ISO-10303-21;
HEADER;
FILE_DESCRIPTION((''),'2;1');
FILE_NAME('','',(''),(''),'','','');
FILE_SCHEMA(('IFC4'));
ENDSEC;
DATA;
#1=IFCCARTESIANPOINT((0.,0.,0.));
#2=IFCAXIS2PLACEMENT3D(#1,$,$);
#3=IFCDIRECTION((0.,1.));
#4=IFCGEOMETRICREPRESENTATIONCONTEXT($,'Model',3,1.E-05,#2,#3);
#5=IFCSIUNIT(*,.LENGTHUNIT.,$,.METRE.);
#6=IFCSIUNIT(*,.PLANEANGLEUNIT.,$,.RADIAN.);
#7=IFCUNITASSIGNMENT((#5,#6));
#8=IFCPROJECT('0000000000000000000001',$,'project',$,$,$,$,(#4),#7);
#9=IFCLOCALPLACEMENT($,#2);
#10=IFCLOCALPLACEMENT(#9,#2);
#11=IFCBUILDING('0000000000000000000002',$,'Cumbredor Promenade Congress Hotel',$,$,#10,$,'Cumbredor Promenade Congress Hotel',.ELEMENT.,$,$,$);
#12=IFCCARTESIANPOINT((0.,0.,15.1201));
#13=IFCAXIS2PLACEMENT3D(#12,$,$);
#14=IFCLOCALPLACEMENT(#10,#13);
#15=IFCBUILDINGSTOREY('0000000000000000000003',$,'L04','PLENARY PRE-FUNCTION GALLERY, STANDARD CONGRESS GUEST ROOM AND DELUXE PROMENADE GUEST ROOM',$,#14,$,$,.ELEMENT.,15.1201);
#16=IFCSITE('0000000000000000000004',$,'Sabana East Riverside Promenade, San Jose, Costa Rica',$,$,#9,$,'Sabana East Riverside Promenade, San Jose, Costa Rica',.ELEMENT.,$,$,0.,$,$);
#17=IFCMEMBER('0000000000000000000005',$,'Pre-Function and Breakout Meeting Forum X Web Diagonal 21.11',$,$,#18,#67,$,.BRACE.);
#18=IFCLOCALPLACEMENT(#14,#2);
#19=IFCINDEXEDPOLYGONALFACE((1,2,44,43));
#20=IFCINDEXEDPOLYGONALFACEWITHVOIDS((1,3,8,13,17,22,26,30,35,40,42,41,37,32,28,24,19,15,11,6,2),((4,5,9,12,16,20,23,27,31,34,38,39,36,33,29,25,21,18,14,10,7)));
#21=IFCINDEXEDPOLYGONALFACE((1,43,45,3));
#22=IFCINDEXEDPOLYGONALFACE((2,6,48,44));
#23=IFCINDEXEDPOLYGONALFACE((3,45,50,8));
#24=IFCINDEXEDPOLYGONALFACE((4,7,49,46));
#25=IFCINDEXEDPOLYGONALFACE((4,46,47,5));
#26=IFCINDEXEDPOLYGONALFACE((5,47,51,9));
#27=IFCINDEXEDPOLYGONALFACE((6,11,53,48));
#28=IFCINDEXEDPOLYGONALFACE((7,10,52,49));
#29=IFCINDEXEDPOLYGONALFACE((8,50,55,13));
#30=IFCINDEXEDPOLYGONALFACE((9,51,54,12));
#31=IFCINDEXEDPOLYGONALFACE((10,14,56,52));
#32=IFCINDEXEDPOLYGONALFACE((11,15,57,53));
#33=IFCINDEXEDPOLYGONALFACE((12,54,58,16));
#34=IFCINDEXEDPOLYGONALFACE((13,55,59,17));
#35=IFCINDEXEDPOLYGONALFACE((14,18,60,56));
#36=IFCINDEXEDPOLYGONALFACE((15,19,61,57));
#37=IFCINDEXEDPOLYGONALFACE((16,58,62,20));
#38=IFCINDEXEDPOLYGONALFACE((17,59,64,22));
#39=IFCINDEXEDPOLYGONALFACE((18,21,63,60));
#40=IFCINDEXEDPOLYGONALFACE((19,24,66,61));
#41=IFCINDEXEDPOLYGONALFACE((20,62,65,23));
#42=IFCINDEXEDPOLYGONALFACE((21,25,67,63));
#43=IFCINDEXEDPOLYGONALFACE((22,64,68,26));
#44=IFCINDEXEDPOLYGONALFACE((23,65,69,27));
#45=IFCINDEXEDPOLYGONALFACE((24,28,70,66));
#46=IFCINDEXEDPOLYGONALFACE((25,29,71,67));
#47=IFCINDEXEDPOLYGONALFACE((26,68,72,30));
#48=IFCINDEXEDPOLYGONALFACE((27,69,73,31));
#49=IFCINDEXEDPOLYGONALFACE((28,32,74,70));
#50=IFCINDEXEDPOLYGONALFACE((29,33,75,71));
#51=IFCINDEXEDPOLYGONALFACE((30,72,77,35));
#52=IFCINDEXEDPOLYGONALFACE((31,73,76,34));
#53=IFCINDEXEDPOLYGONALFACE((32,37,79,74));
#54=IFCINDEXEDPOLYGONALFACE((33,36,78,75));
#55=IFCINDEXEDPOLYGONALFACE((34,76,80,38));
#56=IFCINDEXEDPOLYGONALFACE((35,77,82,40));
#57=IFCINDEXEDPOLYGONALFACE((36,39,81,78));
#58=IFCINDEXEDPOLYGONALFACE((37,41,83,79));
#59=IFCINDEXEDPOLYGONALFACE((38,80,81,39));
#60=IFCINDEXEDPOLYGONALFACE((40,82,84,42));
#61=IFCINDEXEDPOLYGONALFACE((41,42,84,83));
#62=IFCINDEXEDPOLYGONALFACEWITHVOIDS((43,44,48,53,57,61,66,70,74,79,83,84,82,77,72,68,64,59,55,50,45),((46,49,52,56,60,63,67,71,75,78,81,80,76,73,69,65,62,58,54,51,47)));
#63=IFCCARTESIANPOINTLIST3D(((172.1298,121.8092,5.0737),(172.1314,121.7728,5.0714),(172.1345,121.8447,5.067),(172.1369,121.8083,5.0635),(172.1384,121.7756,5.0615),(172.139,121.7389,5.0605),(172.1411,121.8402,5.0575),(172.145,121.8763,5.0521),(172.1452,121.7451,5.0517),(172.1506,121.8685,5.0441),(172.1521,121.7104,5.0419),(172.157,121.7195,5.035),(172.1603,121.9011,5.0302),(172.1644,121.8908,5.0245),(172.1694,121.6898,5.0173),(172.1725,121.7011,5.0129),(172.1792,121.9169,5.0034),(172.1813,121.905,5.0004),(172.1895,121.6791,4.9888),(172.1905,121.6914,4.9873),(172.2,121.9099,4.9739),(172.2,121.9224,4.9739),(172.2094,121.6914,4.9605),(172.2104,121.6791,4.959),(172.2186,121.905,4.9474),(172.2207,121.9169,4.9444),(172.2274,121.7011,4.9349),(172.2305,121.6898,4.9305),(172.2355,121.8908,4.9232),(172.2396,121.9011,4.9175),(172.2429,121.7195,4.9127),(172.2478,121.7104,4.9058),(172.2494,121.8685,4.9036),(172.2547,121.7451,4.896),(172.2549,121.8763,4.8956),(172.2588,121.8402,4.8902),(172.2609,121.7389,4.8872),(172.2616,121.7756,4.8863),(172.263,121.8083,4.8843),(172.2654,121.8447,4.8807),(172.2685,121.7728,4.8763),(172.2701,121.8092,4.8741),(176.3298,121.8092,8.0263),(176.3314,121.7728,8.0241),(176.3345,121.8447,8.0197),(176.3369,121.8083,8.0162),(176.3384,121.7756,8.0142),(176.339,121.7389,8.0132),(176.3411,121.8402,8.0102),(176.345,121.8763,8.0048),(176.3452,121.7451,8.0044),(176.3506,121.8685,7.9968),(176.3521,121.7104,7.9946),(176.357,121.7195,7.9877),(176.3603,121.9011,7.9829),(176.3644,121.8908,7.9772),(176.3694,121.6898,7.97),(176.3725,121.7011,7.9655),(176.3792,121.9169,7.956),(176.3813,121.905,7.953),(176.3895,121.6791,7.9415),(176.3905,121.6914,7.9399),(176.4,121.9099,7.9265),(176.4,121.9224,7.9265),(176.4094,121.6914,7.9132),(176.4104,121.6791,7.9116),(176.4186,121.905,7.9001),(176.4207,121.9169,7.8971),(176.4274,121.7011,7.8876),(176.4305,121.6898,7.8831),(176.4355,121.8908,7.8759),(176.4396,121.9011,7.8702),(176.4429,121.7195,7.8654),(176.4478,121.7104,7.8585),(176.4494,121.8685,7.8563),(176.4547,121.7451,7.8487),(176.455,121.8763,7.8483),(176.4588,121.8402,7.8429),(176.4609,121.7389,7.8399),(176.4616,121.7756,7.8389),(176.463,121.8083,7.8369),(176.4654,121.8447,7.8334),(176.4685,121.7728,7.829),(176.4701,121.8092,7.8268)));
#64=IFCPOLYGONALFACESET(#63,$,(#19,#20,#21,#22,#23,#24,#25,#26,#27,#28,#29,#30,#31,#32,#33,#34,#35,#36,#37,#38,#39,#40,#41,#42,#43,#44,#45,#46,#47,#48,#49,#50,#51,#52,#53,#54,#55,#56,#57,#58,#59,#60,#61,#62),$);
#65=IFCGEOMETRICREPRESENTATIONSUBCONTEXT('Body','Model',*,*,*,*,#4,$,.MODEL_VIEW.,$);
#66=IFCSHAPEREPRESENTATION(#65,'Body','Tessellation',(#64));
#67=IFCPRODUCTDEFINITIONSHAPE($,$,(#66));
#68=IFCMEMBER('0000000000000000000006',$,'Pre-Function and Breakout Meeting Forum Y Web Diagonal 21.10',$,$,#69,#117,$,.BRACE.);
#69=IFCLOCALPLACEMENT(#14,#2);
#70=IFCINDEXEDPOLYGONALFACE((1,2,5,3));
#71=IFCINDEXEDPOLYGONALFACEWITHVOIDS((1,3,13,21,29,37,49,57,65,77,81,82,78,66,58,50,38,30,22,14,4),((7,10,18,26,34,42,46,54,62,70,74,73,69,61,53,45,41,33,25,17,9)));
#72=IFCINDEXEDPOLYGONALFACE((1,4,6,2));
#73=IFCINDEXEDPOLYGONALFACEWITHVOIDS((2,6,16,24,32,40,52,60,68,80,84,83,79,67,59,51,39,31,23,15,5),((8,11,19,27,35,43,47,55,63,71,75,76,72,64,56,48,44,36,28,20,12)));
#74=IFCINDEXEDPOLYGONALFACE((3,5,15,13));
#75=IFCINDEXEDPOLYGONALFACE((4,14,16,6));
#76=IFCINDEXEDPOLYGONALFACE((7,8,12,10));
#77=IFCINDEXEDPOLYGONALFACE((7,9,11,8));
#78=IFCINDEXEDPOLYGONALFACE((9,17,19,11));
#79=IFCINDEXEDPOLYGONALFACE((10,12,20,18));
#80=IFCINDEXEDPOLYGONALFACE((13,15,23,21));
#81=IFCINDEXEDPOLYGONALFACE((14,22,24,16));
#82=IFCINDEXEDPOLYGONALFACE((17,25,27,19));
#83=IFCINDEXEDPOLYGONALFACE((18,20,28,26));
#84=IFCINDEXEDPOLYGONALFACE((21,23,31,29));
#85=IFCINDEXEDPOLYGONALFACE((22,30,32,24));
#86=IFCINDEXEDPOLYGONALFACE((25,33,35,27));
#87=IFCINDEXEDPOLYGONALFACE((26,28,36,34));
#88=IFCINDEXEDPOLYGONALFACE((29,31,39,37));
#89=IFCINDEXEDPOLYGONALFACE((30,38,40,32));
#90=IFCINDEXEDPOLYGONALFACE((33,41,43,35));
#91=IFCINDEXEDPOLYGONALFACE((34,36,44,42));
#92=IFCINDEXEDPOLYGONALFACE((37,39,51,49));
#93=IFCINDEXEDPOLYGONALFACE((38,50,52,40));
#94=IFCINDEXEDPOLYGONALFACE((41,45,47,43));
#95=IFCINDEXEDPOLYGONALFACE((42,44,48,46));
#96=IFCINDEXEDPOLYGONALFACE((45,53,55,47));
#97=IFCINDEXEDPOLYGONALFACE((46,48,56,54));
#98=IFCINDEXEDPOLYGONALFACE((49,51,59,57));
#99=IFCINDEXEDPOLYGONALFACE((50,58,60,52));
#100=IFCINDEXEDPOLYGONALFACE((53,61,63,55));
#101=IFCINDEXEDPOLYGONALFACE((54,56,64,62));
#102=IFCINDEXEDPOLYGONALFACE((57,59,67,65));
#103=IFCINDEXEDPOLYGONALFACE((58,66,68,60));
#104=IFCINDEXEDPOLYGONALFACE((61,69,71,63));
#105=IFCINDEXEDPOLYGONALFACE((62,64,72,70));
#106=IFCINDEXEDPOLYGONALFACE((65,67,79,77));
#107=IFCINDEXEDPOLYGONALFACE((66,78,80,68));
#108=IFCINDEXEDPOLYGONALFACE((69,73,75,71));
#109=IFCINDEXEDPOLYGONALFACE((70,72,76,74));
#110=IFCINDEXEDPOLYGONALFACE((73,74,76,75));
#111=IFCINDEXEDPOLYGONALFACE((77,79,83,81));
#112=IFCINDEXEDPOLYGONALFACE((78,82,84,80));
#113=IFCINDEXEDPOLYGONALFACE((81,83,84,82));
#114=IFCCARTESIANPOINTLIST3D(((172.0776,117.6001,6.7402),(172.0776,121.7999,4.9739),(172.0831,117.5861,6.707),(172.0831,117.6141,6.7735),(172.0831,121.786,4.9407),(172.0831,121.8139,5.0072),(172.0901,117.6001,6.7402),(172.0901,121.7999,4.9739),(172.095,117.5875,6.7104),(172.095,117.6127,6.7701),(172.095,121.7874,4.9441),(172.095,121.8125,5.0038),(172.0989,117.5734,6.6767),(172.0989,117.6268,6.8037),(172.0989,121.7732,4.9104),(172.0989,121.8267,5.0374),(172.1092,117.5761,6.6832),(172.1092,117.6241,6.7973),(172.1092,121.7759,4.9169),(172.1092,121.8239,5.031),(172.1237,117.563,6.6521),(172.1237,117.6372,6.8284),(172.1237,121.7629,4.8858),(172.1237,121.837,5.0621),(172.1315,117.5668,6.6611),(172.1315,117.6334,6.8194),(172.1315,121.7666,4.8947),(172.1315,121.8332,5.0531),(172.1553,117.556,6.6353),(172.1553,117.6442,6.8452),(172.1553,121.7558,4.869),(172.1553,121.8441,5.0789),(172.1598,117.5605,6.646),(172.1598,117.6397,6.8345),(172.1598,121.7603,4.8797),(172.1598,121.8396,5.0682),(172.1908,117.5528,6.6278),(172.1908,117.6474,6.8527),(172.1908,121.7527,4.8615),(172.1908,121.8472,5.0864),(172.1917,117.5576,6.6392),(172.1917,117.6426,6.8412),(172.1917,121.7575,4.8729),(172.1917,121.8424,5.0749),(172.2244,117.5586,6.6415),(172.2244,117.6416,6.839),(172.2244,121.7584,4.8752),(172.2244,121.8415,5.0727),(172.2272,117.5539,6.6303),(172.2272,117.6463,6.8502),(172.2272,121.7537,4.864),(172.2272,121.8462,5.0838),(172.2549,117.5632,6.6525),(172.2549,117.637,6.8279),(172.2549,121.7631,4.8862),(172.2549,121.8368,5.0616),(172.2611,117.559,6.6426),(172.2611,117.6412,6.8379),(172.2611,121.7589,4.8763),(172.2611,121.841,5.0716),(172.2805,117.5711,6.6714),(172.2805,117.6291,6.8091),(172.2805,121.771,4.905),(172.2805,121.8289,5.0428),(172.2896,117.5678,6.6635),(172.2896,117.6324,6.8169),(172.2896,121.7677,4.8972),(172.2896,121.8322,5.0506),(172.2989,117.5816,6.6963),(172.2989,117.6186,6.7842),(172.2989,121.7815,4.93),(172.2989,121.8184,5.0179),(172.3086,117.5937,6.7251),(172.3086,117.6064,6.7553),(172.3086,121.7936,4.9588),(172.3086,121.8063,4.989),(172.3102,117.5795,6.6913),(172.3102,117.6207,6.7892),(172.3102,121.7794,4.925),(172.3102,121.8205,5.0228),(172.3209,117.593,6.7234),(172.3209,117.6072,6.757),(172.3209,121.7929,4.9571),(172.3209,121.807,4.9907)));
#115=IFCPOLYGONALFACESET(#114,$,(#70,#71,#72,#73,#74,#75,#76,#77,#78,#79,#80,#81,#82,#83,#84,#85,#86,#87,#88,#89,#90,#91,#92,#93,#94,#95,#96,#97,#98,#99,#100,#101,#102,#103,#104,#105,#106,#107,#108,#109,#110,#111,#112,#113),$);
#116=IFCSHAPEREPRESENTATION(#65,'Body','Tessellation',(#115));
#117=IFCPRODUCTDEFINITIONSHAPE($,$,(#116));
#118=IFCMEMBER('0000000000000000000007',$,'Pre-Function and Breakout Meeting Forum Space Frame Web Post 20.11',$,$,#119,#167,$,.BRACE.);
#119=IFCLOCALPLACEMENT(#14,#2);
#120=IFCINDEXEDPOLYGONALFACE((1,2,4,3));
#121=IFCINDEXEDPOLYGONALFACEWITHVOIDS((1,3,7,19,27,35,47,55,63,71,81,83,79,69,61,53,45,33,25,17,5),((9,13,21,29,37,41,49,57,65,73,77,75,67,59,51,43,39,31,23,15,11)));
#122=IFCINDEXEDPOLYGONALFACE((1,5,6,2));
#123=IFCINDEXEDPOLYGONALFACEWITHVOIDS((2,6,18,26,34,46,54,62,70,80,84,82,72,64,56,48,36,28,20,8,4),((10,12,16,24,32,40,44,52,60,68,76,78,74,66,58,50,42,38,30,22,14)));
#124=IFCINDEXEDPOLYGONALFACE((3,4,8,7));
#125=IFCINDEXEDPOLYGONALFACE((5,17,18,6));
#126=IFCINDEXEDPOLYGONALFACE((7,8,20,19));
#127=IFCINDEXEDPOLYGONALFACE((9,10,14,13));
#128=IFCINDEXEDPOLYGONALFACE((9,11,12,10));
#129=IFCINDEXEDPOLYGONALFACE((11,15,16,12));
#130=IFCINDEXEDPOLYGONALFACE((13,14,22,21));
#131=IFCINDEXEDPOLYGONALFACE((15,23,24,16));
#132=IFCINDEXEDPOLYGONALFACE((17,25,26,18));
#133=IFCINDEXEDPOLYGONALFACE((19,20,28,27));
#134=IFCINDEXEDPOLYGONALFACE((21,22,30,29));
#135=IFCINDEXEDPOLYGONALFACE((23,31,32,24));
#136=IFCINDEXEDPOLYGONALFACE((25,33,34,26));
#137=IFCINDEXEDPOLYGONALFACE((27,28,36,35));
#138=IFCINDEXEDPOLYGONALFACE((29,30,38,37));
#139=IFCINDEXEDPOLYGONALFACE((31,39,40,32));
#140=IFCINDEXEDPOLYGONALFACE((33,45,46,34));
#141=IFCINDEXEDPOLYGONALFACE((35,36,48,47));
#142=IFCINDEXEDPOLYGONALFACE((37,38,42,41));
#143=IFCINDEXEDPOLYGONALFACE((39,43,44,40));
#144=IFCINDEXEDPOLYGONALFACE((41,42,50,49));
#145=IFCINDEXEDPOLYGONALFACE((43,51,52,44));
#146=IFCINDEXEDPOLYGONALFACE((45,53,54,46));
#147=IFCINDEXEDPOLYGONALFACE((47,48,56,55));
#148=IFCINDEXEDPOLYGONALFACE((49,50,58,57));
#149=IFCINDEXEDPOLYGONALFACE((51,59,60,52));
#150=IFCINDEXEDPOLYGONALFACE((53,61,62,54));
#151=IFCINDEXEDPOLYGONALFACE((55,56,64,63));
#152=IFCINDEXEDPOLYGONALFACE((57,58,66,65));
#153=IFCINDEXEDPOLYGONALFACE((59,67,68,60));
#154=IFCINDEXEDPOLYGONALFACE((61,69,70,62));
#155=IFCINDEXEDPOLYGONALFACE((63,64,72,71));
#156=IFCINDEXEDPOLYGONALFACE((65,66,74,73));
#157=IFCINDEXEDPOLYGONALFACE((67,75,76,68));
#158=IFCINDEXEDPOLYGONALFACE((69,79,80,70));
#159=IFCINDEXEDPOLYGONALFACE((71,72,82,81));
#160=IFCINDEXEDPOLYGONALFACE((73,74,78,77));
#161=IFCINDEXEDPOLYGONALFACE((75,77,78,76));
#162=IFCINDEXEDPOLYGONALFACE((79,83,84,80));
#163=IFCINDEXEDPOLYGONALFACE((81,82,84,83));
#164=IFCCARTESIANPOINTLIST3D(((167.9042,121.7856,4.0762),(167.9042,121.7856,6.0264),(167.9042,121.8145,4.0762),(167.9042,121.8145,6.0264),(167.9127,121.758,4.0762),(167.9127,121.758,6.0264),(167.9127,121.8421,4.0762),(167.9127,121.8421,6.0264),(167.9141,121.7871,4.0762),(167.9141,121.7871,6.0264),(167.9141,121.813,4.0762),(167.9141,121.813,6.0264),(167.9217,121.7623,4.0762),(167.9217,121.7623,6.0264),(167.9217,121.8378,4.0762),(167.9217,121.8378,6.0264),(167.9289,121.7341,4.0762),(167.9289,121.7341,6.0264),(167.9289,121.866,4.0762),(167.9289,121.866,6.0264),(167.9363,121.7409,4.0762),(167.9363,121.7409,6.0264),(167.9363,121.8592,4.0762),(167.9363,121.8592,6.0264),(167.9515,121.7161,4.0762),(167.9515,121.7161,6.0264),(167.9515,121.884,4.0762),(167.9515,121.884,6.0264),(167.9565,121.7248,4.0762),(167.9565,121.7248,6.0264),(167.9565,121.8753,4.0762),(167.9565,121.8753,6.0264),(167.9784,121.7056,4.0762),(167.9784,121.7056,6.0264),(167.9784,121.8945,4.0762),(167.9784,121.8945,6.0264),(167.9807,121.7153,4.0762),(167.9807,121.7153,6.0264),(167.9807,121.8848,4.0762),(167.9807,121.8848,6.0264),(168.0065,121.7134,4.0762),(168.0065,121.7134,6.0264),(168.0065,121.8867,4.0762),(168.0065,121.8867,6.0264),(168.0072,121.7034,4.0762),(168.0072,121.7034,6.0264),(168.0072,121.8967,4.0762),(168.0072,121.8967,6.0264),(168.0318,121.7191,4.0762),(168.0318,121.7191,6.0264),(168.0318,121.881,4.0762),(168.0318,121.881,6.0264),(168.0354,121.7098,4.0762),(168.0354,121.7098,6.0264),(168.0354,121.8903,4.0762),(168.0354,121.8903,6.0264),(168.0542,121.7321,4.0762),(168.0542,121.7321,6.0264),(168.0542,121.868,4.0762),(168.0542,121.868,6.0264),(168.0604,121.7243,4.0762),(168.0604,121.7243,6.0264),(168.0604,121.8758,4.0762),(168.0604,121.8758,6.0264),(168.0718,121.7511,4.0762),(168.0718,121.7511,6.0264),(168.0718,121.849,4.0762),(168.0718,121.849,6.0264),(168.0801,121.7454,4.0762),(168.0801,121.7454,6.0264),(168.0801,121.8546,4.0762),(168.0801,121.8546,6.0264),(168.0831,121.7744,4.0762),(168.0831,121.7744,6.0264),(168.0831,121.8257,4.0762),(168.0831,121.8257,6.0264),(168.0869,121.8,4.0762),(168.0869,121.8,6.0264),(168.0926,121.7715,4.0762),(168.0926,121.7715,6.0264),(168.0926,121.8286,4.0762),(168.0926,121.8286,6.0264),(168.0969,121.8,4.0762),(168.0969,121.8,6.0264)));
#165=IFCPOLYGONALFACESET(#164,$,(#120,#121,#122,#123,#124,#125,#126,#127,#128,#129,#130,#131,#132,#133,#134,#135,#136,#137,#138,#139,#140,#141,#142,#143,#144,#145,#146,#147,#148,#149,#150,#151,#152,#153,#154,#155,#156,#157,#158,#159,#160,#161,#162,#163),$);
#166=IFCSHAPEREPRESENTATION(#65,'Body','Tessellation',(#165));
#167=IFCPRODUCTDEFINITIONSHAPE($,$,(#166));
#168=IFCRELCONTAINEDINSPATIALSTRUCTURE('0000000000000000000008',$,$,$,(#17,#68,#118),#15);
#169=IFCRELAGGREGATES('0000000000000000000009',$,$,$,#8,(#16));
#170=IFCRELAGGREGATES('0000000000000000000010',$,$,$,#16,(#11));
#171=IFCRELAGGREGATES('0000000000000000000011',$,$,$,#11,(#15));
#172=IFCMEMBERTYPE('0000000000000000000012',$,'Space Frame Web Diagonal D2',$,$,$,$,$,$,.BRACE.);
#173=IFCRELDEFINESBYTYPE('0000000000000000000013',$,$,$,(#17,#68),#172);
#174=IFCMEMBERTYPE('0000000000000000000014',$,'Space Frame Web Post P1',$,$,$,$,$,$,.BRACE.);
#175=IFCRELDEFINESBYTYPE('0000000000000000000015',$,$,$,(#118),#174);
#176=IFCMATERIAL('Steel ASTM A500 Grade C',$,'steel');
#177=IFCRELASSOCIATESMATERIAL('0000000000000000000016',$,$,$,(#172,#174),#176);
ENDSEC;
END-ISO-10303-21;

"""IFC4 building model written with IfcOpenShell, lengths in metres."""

from ifc_helpers import new_model, si_unit, direction, frame, origin, origin_2d, place, context, subcontext, project, spatial, hollow_circle, extrude, material, material_profile, profile_set, type_object, element, save


model = new_model("IFC4")

# Units and contexts
model_context = context("Model", 3, precision=1e-05, world=origin(), true_north=direction((0.0, 1.0)))
body_context = subcontext(model_context, "Body", "Model", "MODEL_VIEW")
ifc_project = project(units=[si_unit("LENGTHUNIT", "METRE"), si_unit("PLANEANGLEUNIT", "RADIAN")], contexts=[model_context])

# Site, building, storey
site_placement = place(None, origin())
site = spatial("IfcSite", under=ifc_project, at=site_placement, Name="Sabana East Riverside Promenade, San Jose, Costa Rica", LongName="Sabana East Riverside Promenade, San Jose, Costa Rica", CompositionType="ELEMENT", RefElevation=0.0)
building_placement = place(site_placement, origin())
building = spatial("IfcBuilding", under=site, at=building_placement, Name="Cumbredor Promenade Congress Hotel", LongName="Cumbredor Promenade Congress Hotel", CompositionType="ELEMENT")
storey_placement = place(building_placement, frame((0.0, 0.0, 15.1201)))
storey = spatial("IfcBuildingStorey", under=building, at=storey_placement, Name="L04", Description="PLENARY PRE-FUNCTION GALLERY, STANDARD CONGRESS GUEST ROOM AND DELUXE PROMENADE GUEST ROOM", CompositionType="ELEMENT", Elevation=15.1201)

# Members
ifc_material_1 = material(Name="Steel ASTM A500 Grade C", Category="steel")
ifc_material_profile_1 = material_profile(ifc_material_1, hollow_circle(Radius=0.1223, WallThickness=0.0125, at=origin_2d()), Name="CHS 244.5x12.5")
ifc_profile_set_1 = profile_set([ifc_material_profile_1], Name="Steel ASTM A500 Grade C")
member_type_1 = type_object("IfcMemberType", Name="Space Frame Web Diagonal D2", PredefinedType="BRACE", material=ifc_profile_set_1)
member_1_placement = place(storey_placement, frame((172.2, 121.8, 4.9739), z_axis=(0.818071, 0.0, 0.575118), x_axis=(0.0, 1.0, 0.0)))
element("IfcMember", 1, at=member_1_placement, inside=storey, type_object=member_type_1, Name="Pre-Function and Breakout Meeting Forum X Web Diagonal 21.11", PredefinedType="BRACE", context=body_context, shape_type="SweptSolid", body=[
    extrude(hollow_circle(Radius=0.1223, WallThickness=0.0125, at=origin_2d()), origin(), (0.0, 0.0, 1.0), 5.134),
])
member_2_placement = place(storey_placement, frame((172.2, 117.6001, 6.7402), z_axis=(0.0, 0.921796, -0.387676), x_axis=(-1.0, 0.0, 0.0)))
element("IfcMember", 2, at=member_2_placement, inside=storey, type_object=member_type_1, Name="Pre-Function and Breakout Meeting Forum Y Web Diagonal 21.10", PredefinedType="BRACE", context=body_context, shape_type="SweptSolid", body=[
    extrude(hollow_circle(Radius=0.1223, WallThickness=0.0125, at=origin_2d()), origin(), (0.0, 0.0, 1.0), 4.5562),
])
ifc_material_profile_2 = material_profile(ifc_material_1, hollow_circle(Radius=0.0969, WallThickness=0.01, at=origin_2d()), Name="CHS 193.7x10")
ifc_profile_set_2 = profile_set([ifc_material_profile_2], Name="Steel ASTM A500 Grade C")
member_type_2 = type_object("IfcMemberType", Name="Space Frame Web Post P1", PredefinedType="BRACE", material=ifc_profile_set_2)
member_3_placement = place(storey_placement, frame((168.0, 121.8, 4.0762), z_axis=(0.0, 0.0, 1.0), x_axis=(1.0, 0.0, 0.0)))
element("IfcMember", 3, at=member_3_placement, inside=storey, type_object=member_type_2, Name="Pre-Function and Breakout Meeting Forum Space Frame Web Post 20.11", PredefinedType="BRACE", context=body_context, shape_type="SweptSolid", body=[
    extrude(hollow_circle(Radius=0.0969, WallThickness=0.01, at=origin_2d()), origin(), (0.0, 0.0, 1.0), 1.9502),
])

save(model, "model.ifc")
